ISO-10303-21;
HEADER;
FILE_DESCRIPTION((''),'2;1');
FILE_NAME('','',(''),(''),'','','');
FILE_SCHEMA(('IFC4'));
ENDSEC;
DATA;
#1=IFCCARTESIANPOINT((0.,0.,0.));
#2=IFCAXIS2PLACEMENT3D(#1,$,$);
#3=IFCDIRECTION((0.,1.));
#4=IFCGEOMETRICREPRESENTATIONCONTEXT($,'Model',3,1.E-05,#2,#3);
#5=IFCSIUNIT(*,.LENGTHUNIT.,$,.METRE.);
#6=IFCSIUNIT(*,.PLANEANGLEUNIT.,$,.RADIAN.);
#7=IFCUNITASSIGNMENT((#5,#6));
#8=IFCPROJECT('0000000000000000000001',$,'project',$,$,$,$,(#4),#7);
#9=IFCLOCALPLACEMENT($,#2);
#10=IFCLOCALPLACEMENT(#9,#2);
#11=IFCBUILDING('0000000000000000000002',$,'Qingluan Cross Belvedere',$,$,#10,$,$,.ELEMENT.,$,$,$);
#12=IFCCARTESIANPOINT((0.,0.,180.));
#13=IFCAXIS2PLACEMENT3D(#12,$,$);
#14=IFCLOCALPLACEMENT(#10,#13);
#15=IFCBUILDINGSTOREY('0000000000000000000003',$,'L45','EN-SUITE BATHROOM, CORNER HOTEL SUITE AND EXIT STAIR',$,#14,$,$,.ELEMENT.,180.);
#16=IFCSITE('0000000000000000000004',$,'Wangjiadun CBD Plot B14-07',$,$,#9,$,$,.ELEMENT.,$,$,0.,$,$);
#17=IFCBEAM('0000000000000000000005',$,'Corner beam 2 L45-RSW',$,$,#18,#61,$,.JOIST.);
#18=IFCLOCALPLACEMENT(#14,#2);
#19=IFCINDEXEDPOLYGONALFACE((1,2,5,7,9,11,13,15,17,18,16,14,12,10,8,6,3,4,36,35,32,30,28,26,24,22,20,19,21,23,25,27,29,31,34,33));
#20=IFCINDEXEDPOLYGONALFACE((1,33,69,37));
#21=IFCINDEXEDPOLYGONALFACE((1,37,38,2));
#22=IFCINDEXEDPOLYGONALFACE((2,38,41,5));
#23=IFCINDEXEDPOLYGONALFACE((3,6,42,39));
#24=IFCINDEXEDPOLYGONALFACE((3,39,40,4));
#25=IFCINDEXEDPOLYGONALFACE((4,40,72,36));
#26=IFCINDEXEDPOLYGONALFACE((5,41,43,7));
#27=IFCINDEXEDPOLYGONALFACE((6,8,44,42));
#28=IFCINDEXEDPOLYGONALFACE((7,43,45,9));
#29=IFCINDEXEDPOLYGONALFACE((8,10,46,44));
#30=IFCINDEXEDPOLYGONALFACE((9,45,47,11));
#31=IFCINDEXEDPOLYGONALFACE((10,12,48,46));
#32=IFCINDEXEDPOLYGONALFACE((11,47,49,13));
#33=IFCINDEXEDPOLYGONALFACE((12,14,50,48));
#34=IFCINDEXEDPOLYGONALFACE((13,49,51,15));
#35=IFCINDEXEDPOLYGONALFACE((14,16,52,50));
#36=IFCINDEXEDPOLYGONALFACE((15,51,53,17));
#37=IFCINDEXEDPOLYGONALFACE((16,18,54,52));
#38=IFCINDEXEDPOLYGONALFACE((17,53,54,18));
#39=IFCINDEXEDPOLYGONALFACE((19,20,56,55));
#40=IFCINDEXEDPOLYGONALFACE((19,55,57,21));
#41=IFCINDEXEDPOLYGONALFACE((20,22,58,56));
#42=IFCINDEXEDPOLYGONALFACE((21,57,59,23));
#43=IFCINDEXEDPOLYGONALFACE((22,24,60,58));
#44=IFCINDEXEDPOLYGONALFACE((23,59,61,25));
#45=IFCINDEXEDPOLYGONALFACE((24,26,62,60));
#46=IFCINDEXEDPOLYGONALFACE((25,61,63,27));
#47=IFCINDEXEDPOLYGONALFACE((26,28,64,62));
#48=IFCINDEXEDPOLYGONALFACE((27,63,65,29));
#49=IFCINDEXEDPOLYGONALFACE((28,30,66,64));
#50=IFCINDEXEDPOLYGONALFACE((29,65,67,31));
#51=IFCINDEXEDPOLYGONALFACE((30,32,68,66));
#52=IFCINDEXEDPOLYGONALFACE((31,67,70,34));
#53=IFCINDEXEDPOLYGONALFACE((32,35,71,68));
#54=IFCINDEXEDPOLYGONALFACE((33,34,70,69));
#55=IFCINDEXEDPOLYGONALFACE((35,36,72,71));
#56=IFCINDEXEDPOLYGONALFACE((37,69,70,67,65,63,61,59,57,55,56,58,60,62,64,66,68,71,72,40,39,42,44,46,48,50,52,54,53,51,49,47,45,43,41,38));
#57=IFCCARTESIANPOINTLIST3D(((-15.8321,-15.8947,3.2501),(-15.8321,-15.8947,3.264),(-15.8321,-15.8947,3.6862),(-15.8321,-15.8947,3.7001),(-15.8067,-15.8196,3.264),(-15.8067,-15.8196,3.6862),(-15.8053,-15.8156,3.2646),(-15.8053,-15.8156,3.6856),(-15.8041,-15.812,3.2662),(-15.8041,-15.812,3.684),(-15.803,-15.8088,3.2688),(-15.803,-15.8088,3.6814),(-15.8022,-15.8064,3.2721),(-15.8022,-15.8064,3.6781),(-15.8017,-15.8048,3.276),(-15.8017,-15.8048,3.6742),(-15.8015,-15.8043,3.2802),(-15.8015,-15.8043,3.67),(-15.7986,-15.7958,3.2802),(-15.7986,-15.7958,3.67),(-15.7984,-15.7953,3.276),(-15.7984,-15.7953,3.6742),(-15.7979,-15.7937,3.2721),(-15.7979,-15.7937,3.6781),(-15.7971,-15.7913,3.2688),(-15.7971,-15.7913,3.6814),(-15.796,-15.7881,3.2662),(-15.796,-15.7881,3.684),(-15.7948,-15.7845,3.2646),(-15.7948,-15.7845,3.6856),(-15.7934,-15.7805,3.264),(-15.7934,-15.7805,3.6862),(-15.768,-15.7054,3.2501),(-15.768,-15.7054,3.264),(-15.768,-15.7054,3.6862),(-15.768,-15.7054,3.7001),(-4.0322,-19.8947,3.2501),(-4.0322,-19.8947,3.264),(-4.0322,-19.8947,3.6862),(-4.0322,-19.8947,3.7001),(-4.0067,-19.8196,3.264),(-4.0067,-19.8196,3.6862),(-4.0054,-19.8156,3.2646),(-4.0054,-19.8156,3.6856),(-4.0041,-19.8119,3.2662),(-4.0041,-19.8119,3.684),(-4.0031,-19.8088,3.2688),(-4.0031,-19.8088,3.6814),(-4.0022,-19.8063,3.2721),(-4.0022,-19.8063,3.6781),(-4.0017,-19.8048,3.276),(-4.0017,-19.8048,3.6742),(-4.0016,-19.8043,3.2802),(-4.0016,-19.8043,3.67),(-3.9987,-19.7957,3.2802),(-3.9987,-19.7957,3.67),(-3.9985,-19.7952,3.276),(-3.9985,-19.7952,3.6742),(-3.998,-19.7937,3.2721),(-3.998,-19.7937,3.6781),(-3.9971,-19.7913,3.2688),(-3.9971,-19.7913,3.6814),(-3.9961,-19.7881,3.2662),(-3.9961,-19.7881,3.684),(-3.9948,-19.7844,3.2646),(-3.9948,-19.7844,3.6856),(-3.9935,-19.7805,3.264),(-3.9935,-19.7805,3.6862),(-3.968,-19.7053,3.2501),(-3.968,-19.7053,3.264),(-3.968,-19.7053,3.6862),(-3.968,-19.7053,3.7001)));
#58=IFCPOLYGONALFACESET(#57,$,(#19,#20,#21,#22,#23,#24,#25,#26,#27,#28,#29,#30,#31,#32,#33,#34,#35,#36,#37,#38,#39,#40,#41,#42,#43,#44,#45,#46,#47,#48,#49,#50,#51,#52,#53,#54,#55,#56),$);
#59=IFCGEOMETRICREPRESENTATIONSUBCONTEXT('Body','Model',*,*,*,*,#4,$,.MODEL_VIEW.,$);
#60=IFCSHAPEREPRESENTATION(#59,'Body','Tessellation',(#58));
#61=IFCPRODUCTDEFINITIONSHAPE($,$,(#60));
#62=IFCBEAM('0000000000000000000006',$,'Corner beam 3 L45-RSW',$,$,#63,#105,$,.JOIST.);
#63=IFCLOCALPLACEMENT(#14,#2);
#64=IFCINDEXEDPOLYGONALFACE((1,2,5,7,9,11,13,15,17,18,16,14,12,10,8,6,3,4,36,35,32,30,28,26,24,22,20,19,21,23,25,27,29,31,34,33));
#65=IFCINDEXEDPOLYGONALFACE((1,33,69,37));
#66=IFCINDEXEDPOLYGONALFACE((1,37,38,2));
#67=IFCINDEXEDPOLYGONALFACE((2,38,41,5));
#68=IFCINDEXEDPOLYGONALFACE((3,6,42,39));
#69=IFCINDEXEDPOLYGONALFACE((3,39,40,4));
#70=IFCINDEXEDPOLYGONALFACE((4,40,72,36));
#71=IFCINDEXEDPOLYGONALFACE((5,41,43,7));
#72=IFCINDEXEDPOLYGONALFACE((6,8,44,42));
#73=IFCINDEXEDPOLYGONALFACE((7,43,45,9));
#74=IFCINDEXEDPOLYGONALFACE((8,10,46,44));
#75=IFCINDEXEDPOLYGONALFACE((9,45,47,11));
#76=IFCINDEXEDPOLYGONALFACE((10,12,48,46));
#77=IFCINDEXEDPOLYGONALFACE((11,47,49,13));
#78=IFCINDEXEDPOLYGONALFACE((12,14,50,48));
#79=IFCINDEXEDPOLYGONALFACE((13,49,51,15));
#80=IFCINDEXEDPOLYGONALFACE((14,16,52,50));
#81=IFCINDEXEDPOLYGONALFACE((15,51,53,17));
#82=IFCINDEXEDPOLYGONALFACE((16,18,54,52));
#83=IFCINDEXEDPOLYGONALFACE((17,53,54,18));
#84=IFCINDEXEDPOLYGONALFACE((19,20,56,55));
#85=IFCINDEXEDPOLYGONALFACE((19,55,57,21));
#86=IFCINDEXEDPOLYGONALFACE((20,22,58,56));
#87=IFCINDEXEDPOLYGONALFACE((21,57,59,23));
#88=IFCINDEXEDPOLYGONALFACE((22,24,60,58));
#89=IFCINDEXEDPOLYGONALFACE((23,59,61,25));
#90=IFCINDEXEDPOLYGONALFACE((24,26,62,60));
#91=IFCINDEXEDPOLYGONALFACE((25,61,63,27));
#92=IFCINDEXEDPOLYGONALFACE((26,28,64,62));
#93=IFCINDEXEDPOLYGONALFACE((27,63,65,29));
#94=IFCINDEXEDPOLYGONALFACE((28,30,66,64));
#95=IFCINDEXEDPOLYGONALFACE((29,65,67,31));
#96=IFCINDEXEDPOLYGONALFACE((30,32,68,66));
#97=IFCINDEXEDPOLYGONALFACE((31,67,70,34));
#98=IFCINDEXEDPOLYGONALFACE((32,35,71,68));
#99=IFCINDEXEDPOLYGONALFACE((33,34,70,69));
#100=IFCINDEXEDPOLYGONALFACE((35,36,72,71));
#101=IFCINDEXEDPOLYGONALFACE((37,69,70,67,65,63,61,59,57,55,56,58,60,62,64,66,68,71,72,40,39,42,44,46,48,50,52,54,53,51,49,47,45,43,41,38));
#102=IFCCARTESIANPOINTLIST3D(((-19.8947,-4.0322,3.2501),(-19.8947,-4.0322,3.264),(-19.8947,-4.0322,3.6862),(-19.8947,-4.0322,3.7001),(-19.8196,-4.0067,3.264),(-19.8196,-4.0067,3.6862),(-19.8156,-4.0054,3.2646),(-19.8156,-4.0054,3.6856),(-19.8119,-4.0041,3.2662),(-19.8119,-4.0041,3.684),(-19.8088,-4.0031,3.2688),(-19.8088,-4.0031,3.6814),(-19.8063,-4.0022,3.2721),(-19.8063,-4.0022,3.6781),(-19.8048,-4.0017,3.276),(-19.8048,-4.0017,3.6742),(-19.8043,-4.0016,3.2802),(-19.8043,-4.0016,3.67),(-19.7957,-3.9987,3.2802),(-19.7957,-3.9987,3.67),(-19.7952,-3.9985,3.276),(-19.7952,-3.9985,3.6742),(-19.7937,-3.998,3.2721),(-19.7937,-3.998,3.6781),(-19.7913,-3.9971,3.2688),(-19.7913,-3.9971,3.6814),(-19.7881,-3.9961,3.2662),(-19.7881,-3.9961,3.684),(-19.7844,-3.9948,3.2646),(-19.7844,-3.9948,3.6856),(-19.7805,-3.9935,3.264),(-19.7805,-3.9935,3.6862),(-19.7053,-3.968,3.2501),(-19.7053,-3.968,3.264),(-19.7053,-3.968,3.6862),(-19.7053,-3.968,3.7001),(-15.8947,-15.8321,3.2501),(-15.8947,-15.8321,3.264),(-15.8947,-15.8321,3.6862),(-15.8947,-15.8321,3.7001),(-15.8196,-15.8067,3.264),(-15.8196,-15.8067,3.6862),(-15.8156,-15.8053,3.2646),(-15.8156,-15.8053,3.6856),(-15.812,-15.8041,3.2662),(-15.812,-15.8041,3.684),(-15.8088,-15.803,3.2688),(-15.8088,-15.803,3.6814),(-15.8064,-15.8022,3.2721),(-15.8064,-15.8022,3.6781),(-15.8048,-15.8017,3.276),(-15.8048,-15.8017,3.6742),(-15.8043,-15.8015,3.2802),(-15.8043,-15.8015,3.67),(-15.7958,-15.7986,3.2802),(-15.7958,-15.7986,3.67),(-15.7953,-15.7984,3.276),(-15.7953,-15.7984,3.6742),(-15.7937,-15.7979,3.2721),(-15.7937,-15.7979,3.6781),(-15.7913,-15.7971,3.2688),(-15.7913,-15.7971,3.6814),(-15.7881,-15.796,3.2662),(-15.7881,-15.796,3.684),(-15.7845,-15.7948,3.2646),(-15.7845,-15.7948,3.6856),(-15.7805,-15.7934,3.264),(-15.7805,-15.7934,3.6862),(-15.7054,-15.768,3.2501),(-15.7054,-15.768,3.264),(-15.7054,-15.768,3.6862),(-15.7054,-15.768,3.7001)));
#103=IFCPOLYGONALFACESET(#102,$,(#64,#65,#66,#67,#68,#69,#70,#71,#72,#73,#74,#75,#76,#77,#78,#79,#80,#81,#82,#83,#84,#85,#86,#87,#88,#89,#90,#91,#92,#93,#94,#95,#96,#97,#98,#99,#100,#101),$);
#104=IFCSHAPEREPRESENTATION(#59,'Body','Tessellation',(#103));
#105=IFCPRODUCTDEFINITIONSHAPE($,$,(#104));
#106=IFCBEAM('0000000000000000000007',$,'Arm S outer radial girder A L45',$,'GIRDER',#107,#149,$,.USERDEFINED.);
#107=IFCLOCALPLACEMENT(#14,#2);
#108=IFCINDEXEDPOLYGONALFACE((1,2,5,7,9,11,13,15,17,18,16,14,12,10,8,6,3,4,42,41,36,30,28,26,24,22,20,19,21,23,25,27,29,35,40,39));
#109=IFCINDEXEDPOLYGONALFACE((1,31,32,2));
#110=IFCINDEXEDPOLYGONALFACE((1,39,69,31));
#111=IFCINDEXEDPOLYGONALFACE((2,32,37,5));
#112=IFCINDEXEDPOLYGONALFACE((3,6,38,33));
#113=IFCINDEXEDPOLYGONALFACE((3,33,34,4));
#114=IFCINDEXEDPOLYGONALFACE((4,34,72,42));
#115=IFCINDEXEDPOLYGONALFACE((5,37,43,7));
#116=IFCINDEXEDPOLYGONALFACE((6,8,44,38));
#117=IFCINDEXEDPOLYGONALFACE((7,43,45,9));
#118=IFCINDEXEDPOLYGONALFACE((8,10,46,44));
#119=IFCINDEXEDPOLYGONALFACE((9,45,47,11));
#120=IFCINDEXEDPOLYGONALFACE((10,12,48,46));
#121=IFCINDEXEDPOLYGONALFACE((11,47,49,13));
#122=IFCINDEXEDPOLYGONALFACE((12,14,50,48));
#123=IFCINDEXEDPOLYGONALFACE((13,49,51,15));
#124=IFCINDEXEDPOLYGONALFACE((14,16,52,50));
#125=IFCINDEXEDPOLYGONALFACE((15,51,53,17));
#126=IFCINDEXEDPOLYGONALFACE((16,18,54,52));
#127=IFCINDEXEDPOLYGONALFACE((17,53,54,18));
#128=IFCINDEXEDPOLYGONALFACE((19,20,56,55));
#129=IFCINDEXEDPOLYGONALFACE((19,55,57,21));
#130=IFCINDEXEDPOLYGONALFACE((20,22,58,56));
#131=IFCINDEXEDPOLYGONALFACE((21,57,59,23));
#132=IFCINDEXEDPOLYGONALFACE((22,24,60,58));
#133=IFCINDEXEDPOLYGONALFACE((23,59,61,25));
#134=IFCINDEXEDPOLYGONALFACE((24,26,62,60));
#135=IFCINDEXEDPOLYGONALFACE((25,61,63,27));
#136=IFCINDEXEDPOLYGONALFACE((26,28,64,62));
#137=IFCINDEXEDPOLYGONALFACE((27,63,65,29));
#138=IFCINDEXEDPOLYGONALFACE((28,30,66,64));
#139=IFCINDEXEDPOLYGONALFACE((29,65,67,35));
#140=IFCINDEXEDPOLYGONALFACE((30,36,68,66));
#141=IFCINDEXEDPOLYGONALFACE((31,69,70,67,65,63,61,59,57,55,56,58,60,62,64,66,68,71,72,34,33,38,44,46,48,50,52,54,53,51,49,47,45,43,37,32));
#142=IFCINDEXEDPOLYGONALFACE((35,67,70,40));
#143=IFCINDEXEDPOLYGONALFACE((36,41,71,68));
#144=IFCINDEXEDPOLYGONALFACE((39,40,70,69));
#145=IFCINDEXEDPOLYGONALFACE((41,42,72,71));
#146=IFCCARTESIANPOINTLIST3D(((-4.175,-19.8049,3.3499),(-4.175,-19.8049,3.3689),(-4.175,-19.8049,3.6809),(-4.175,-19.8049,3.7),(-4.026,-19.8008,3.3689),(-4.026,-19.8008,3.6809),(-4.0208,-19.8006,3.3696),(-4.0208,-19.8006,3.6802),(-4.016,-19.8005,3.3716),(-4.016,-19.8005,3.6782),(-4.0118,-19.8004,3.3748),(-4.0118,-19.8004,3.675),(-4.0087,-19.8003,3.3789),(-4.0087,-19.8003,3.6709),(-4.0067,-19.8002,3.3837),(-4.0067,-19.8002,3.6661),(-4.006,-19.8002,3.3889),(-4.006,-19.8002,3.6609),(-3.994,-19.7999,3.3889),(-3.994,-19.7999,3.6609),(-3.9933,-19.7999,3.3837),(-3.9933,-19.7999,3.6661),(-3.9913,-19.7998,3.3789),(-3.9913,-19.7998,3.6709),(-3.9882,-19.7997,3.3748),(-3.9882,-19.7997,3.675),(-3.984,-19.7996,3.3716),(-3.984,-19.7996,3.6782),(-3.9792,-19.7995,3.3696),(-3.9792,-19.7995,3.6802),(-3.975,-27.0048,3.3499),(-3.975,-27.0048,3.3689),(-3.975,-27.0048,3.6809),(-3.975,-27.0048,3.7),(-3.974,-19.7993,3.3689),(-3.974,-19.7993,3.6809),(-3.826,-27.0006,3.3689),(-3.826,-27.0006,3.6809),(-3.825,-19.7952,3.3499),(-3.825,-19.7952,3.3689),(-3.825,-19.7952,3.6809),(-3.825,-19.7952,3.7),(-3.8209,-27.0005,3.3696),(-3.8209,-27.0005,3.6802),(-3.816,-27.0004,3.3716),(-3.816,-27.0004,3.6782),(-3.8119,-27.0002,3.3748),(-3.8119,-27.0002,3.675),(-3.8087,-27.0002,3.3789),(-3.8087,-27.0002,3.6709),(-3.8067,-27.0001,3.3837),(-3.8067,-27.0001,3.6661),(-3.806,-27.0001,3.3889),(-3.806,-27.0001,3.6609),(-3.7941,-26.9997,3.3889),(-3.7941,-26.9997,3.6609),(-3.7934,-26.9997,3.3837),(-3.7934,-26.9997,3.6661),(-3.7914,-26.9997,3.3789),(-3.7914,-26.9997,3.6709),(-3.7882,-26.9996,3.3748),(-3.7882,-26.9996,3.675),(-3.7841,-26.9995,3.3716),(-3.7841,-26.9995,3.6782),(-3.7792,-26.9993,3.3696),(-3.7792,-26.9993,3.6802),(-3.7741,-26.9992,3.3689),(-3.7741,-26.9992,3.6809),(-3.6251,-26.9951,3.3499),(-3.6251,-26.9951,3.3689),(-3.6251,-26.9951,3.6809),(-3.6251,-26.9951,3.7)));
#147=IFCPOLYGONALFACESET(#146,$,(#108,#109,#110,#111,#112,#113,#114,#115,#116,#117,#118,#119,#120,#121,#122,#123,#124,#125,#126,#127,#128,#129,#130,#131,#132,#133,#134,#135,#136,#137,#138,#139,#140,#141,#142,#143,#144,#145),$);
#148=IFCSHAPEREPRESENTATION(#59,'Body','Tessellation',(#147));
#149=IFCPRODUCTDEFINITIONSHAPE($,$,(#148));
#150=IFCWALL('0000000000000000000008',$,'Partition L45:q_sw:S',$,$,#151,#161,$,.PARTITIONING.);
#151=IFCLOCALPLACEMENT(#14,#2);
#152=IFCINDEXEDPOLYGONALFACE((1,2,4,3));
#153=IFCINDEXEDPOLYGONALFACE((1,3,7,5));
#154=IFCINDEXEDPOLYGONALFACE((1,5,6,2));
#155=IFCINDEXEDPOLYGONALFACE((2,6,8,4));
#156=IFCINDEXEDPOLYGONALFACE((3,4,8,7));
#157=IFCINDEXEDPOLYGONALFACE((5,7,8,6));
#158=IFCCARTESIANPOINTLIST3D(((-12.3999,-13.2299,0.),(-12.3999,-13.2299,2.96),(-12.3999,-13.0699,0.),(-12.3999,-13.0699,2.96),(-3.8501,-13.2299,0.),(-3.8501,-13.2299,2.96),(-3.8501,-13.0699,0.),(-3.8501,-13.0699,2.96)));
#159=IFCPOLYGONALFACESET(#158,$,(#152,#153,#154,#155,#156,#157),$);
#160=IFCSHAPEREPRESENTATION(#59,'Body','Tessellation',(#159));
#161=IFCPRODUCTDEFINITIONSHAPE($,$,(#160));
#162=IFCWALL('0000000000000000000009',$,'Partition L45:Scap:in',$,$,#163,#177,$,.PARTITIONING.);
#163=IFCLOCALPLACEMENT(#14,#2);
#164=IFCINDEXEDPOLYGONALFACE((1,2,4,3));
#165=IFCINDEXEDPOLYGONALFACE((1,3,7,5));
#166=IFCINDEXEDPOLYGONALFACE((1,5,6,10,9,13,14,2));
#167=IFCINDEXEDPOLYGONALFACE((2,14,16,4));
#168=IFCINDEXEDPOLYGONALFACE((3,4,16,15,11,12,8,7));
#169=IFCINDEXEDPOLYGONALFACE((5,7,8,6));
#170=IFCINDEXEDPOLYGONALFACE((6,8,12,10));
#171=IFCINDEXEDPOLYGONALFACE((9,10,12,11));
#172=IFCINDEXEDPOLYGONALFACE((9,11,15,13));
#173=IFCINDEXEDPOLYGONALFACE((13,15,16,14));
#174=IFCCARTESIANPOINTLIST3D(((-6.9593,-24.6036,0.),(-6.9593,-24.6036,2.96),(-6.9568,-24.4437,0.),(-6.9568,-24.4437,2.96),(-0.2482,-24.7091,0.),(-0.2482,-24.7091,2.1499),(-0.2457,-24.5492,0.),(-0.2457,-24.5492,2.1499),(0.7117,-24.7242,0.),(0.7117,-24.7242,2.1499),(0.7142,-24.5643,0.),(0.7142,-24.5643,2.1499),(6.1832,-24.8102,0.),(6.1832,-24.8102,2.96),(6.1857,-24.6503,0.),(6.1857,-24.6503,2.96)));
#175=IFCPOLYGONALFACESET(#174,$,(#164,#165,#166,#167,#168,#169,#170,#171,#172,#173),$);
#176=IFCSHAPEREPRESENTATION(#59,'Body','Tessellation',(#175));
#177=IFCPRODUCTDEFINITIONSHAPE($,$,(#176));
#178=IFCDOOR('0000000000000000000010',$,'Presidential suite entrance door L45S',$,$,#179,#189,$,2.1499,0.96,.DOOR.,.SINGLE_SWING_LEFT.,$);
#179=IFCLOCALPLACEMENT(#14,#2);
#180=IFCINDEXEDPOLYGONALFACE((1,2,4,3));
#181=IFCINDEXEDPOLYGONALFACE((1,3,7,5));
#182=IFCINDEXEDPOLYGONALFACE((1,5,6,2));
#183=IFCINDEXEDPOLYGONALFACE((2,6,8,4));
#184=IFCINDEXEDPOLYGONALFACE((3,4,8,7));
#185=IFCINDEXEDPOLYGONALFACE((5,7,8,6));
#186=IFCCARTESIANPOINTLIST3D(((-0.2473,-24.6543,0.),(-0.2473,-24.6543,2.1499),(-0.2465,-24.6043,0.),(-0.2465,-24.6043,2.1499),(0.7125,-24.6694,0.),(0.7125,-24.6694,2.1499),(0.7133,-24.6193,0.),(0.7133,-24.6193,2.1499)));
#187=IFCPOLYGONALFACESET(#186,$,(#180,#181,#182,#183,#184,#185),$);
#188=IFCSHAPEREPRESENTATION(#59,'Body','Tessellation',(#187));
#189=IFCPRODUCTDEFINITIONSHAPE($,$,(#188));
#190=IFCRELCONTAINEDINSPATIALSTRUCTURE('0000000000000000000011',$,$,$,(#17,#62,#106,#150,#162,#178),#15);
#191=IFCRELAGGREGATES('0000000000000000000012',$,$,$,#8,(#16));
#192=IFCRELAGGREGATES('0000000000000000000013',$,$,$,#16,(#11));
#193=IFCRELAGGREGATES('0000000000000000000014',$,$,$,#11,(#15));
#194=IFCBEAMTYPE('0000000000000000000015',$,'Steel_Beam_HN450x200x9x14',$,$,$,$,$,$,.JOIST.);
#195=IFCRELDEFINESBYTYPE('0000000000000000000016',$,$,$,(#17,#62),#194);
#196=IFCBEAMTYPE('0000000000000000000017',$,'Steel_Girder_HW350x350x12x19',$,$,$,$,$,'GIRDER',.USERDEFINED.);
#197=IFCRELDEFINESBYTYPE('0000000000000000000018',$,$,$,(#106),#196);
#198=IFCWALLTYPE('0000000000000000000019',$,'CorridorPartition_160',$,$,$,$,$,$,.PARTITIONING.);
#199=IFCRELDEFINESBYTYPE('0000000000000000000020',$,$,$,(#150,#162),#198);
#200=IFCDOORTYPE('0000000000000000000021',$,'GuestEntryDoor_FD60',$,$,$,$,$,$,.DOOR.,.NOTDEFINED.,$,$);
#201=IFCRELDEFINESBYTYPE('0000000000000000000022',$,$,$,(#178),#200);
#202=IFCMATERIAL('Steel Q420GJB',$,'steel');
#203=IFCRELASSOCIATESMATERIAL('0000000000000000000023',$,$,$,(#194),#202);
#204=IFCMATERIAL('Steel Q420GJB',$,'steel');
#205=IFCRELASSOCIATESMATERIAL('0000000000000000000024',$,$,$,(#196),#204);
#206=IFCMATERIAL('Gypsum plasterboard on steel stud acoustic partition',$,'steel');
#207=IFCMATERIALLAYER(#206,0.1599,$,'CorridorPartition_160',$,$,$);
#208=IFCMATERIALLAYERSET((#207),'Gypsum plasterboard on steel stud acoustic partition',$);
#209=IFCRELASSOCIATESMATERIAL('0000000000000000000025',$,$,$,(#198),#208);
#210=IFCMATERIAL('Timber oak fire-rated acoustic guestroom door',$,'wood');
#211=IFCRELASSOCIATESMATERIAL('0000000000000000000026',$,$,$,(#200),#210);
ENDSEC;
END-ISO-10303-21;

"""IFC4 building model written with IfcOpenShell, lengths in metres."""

from ifc_helpers import new_model, si_unit, direction, frame, frame_2d, origin, origin_2d, place, context, subcontext, project, spatial, rectangle, i_section, extrude, material, layer, layer_set, material_profile, profile_set, type_object, element, fill, save


model = new_model("IFC4")

# Units and contexts
model_context = context("Model", 3, precision=1e-05, world=origin(), true_north=direction((0.0, 1.0)))
body_context = subcontext(model_context, "Body", "Model", "MODEL_VIEW")
ifc_project = project(units=[si_unit("LENGTHUNIT", "METRE"), si_unit("PLANEANGLEUNIT", "RADIAN")], contexts=[model_context])

# Site, building, storey
site_placement = place(None, origin())
site = spatial("IfcSite", under=ifc_project, at=site_placement, Name="Wangjiadun CBD Plot B14-07", CompositionType="ELEMENT", RefElevation=0.0)
building_placement = place(site_placement, origin())
building = spatial("IfcBuilding", under=site, at=building_placement, Name="Qingluan Cross Belvedere", CompositionType="ELEMENT")
storey_placement = place(building_placement, frame((0.0, 0.0, 180.0)))
storey = spatial("IfcBuildingStorey", under=building, at=storey_placement, Name="L45", Description="EN-SUITE BATHROOM, CORNER HOTEL SUITE AND EXIT STAIR", CompositionType="ELEMENT", Elevation=180.0)

# Beams
ifc_material_1 = material(Name="Steel Q420GJB", Category="steel")
ifc_material_profile_1 = material_profile(ifc_material_1, i_section(OverallWidth=0.2, OverallDepth=0.45, WebThickness=0.009, FlangeThickness=0.0139, FilletRadius=0.0161, at=origin_2d()), Name="HN450x200x9x14")
ifc_profile_set_1 = profile_set([ifc_material_profile_1], Name="Steel Q420GJB")
beam_type_1 = type_object("IfcBeamType", Name="Steel_Beam_HN450x200x9x14", PredefinedType="JOIST", material=ifc_profile_set_1)
for number, where, z_axis, x_axis, name in (
    (1, (-15.8, -15.8, 3.4751), (0.947066, -0.321038, 0.0), (0.321038, 0.947066, 0.0), "Corner beam 2 L45-RSW"),
    (2, (-15.8, -15.8, 3.4751), (-0.321038, 0.947066, 0.0), (-0.947066, -0.321038, 0.0), "Corner beam 3 L45-RSW"),
):
    element("IfcBeam", number, at=place(storey_placement, frame(where, z_axis=z_axis, x_axis=x_axis)), inside=storey, type_object=beam_type_1, Name=name, PredefinedType="JOIST", context=body_context, shape_type="SweptSolid", body=[
        extrude(i_section(OverallWidth=0.2, OverallDepth=0.45, WebThickness=0.009, FlangeThickness=0.0139, FilletRadius=0.0161, at=origin_2d()), origin(), (0.0, 0.0, 1.0), 12.4595),
    ])
ifc_material_2 = material(Name="Steel Q420GJB", Category="steel")
ifc_material_profile_2 = material_profile(ifc_material_2, i_section(OverallWidth=0.3501, OverallDepth=0.3501, WebThickness=0.012, FlangeThickness=0.019, FilletRadius=0.02, at=origin_2d()), Name="HW350x350x12x19")
ifc_profile_set_2 = profile_set([ifc_material_profile_2], Name="Steel Q420GJB")
beam_type_2 = type_object("IfcBeamType", Name="Steel_Girder_HW350x350x12x19", ElementType="GIRDER", PredefinedType="USERDEFINED", material=ifc_profile_set_2)
beam_1_placement = place(storey_placement, frame((-4.0, -19.8, 3.5249), z_axis=(0.02776, -0.999615, 0.0), x_axis=(0.999615, 0.02776, 0.0)))
element("IfcBeam", 3, at=beam_1_placement, inside=storey, type_object=beam_type_2, Name="Arm S outer radial girder A L45", ObjectType="GIRDER", PredefinedType="USERDEFINED", context=body_context, shape_type="SweptSolid", body=[
    extrude(i_section(OverallWidth=0.3501, OverallDepth=0.3501, WebThickness=0.012, FlangeThickness=0.019, FilletRadius=0.02, at=origin_2d()), origin(), (0.0, 0.0, 1.0), 7.2026),
])

# Wall
ifc_material_3 = material(Name="Gypsum plasterboard on steel stud acoustic partition", Category="steel")
ifc_layer_1 = layer(ifc_material_3, 0.1599, Name="CorridorPartition_160")
ifc_layer_set_1 = layer_set([ifc_layer_1], Name="Gypsum plasterboard on steel stud acoustic partition")
wall_type_1 = type_object("IfcWallType", Name="CorridorPartition_160", PredefinedType="PARTITIONING", material=ifc_layer_set_1)
wall_1_placement = place(storey_placement, frame((-12.3999, -13.1499, 0.0), z_axis=(0.0, 0.0, 1.0), x_axis=(1.0, 0.0, 0.0)))
element("IfcWall", 4, at=wall_1_placement, inside=storey, type_object=wall_type_1, Name="Partition L45:q_sw:S", PredefinedType="PARTITIONING", context=body_context, shape_type="SweptSolid", body=[
    extrude(rectangle(XDim=8.5498, YDim=0.1599, at=frame_2d((4.2749, 0.0))), origin(), (0.0, 0.0, 1.0), 2.96),
])

# Wall, opening, door
wall_2_placement = place(storey_placement, frame((-6.958, -24.5237, 0.0), z_axis=(0.0, 0.0, 1.0), x_axis=(0.999877, -0.015714, 0.0)))
wall_2 = element("IfcWall", 5, at=wall_2_placement, inside=storey, type_object=wall_type_1, Name="Partition L45:Scap:in", PredefinedType="PARTITIONING", context=body_context, shape_type="SweptSolid", body=[
    extrude(rectangle(XDim=13.144, YDim=0.1599, at=frame_2d((6.572, 0.0))), origin(), (0.0, 0.0, 1.0), 2.96),
])
opening_1_placement = place(wall_2_placement, frame((6.7119, 0.0, 0.0)))
opening_1 = element("IfcOpeningElement", 6, at=opening_1_placement, cuts=wall_2, PredefinedType="OPENING", context=body_context, shape_type="SweptSolid", body=[
    extrude(rectangle(XDim=0.96, YDim=2.1499, at=frame_2d((0.48, 1.075))), frame((0.0, 0.0898, 0.0), z_axis=(0.0, -1.0, 0.0), x_axis=(1.0, 0.0, 0.0)), (0.0, 0.0, 1.0), 0.1799),
])
ifc_material_4 = material(Name="Timber oak fire-rated acoustic guestroom door", Category="wood")
door_type = type_object("IfcDoorType", Name="GuestEntryDoor_FD60", OperationType="NOTDEFINED", PredefinedType="DOOR", material=ifc_material_4)
door_placement = place(opening_1_placement, origin())
door = element("IfcDoor", 7, at=door_placement, inside=storey, type_object=door_type, Name="Presidential suite entrance door L45S", OperationType="SINGLE_SWING_LEFT", OverallHeight=2.1499, OverallWidth=0.96, PredefinedType="DOOR", context=body_context, shape_type="SweptSolid", body=[
    extrude(rectangle(XDim=0.96, YDim=2.1499, at=frame_2d((0.48, 1.075))), frame((0.0, 0.0249, 0.0), z_axis=(0.0, -1.0, 0.0), x_axis=(1.0, 0.0, 0.0)), (0.0, 0.0, 1.0), 0.05),
])
fill(opening_1, door)

save(model, "model.ifc")
